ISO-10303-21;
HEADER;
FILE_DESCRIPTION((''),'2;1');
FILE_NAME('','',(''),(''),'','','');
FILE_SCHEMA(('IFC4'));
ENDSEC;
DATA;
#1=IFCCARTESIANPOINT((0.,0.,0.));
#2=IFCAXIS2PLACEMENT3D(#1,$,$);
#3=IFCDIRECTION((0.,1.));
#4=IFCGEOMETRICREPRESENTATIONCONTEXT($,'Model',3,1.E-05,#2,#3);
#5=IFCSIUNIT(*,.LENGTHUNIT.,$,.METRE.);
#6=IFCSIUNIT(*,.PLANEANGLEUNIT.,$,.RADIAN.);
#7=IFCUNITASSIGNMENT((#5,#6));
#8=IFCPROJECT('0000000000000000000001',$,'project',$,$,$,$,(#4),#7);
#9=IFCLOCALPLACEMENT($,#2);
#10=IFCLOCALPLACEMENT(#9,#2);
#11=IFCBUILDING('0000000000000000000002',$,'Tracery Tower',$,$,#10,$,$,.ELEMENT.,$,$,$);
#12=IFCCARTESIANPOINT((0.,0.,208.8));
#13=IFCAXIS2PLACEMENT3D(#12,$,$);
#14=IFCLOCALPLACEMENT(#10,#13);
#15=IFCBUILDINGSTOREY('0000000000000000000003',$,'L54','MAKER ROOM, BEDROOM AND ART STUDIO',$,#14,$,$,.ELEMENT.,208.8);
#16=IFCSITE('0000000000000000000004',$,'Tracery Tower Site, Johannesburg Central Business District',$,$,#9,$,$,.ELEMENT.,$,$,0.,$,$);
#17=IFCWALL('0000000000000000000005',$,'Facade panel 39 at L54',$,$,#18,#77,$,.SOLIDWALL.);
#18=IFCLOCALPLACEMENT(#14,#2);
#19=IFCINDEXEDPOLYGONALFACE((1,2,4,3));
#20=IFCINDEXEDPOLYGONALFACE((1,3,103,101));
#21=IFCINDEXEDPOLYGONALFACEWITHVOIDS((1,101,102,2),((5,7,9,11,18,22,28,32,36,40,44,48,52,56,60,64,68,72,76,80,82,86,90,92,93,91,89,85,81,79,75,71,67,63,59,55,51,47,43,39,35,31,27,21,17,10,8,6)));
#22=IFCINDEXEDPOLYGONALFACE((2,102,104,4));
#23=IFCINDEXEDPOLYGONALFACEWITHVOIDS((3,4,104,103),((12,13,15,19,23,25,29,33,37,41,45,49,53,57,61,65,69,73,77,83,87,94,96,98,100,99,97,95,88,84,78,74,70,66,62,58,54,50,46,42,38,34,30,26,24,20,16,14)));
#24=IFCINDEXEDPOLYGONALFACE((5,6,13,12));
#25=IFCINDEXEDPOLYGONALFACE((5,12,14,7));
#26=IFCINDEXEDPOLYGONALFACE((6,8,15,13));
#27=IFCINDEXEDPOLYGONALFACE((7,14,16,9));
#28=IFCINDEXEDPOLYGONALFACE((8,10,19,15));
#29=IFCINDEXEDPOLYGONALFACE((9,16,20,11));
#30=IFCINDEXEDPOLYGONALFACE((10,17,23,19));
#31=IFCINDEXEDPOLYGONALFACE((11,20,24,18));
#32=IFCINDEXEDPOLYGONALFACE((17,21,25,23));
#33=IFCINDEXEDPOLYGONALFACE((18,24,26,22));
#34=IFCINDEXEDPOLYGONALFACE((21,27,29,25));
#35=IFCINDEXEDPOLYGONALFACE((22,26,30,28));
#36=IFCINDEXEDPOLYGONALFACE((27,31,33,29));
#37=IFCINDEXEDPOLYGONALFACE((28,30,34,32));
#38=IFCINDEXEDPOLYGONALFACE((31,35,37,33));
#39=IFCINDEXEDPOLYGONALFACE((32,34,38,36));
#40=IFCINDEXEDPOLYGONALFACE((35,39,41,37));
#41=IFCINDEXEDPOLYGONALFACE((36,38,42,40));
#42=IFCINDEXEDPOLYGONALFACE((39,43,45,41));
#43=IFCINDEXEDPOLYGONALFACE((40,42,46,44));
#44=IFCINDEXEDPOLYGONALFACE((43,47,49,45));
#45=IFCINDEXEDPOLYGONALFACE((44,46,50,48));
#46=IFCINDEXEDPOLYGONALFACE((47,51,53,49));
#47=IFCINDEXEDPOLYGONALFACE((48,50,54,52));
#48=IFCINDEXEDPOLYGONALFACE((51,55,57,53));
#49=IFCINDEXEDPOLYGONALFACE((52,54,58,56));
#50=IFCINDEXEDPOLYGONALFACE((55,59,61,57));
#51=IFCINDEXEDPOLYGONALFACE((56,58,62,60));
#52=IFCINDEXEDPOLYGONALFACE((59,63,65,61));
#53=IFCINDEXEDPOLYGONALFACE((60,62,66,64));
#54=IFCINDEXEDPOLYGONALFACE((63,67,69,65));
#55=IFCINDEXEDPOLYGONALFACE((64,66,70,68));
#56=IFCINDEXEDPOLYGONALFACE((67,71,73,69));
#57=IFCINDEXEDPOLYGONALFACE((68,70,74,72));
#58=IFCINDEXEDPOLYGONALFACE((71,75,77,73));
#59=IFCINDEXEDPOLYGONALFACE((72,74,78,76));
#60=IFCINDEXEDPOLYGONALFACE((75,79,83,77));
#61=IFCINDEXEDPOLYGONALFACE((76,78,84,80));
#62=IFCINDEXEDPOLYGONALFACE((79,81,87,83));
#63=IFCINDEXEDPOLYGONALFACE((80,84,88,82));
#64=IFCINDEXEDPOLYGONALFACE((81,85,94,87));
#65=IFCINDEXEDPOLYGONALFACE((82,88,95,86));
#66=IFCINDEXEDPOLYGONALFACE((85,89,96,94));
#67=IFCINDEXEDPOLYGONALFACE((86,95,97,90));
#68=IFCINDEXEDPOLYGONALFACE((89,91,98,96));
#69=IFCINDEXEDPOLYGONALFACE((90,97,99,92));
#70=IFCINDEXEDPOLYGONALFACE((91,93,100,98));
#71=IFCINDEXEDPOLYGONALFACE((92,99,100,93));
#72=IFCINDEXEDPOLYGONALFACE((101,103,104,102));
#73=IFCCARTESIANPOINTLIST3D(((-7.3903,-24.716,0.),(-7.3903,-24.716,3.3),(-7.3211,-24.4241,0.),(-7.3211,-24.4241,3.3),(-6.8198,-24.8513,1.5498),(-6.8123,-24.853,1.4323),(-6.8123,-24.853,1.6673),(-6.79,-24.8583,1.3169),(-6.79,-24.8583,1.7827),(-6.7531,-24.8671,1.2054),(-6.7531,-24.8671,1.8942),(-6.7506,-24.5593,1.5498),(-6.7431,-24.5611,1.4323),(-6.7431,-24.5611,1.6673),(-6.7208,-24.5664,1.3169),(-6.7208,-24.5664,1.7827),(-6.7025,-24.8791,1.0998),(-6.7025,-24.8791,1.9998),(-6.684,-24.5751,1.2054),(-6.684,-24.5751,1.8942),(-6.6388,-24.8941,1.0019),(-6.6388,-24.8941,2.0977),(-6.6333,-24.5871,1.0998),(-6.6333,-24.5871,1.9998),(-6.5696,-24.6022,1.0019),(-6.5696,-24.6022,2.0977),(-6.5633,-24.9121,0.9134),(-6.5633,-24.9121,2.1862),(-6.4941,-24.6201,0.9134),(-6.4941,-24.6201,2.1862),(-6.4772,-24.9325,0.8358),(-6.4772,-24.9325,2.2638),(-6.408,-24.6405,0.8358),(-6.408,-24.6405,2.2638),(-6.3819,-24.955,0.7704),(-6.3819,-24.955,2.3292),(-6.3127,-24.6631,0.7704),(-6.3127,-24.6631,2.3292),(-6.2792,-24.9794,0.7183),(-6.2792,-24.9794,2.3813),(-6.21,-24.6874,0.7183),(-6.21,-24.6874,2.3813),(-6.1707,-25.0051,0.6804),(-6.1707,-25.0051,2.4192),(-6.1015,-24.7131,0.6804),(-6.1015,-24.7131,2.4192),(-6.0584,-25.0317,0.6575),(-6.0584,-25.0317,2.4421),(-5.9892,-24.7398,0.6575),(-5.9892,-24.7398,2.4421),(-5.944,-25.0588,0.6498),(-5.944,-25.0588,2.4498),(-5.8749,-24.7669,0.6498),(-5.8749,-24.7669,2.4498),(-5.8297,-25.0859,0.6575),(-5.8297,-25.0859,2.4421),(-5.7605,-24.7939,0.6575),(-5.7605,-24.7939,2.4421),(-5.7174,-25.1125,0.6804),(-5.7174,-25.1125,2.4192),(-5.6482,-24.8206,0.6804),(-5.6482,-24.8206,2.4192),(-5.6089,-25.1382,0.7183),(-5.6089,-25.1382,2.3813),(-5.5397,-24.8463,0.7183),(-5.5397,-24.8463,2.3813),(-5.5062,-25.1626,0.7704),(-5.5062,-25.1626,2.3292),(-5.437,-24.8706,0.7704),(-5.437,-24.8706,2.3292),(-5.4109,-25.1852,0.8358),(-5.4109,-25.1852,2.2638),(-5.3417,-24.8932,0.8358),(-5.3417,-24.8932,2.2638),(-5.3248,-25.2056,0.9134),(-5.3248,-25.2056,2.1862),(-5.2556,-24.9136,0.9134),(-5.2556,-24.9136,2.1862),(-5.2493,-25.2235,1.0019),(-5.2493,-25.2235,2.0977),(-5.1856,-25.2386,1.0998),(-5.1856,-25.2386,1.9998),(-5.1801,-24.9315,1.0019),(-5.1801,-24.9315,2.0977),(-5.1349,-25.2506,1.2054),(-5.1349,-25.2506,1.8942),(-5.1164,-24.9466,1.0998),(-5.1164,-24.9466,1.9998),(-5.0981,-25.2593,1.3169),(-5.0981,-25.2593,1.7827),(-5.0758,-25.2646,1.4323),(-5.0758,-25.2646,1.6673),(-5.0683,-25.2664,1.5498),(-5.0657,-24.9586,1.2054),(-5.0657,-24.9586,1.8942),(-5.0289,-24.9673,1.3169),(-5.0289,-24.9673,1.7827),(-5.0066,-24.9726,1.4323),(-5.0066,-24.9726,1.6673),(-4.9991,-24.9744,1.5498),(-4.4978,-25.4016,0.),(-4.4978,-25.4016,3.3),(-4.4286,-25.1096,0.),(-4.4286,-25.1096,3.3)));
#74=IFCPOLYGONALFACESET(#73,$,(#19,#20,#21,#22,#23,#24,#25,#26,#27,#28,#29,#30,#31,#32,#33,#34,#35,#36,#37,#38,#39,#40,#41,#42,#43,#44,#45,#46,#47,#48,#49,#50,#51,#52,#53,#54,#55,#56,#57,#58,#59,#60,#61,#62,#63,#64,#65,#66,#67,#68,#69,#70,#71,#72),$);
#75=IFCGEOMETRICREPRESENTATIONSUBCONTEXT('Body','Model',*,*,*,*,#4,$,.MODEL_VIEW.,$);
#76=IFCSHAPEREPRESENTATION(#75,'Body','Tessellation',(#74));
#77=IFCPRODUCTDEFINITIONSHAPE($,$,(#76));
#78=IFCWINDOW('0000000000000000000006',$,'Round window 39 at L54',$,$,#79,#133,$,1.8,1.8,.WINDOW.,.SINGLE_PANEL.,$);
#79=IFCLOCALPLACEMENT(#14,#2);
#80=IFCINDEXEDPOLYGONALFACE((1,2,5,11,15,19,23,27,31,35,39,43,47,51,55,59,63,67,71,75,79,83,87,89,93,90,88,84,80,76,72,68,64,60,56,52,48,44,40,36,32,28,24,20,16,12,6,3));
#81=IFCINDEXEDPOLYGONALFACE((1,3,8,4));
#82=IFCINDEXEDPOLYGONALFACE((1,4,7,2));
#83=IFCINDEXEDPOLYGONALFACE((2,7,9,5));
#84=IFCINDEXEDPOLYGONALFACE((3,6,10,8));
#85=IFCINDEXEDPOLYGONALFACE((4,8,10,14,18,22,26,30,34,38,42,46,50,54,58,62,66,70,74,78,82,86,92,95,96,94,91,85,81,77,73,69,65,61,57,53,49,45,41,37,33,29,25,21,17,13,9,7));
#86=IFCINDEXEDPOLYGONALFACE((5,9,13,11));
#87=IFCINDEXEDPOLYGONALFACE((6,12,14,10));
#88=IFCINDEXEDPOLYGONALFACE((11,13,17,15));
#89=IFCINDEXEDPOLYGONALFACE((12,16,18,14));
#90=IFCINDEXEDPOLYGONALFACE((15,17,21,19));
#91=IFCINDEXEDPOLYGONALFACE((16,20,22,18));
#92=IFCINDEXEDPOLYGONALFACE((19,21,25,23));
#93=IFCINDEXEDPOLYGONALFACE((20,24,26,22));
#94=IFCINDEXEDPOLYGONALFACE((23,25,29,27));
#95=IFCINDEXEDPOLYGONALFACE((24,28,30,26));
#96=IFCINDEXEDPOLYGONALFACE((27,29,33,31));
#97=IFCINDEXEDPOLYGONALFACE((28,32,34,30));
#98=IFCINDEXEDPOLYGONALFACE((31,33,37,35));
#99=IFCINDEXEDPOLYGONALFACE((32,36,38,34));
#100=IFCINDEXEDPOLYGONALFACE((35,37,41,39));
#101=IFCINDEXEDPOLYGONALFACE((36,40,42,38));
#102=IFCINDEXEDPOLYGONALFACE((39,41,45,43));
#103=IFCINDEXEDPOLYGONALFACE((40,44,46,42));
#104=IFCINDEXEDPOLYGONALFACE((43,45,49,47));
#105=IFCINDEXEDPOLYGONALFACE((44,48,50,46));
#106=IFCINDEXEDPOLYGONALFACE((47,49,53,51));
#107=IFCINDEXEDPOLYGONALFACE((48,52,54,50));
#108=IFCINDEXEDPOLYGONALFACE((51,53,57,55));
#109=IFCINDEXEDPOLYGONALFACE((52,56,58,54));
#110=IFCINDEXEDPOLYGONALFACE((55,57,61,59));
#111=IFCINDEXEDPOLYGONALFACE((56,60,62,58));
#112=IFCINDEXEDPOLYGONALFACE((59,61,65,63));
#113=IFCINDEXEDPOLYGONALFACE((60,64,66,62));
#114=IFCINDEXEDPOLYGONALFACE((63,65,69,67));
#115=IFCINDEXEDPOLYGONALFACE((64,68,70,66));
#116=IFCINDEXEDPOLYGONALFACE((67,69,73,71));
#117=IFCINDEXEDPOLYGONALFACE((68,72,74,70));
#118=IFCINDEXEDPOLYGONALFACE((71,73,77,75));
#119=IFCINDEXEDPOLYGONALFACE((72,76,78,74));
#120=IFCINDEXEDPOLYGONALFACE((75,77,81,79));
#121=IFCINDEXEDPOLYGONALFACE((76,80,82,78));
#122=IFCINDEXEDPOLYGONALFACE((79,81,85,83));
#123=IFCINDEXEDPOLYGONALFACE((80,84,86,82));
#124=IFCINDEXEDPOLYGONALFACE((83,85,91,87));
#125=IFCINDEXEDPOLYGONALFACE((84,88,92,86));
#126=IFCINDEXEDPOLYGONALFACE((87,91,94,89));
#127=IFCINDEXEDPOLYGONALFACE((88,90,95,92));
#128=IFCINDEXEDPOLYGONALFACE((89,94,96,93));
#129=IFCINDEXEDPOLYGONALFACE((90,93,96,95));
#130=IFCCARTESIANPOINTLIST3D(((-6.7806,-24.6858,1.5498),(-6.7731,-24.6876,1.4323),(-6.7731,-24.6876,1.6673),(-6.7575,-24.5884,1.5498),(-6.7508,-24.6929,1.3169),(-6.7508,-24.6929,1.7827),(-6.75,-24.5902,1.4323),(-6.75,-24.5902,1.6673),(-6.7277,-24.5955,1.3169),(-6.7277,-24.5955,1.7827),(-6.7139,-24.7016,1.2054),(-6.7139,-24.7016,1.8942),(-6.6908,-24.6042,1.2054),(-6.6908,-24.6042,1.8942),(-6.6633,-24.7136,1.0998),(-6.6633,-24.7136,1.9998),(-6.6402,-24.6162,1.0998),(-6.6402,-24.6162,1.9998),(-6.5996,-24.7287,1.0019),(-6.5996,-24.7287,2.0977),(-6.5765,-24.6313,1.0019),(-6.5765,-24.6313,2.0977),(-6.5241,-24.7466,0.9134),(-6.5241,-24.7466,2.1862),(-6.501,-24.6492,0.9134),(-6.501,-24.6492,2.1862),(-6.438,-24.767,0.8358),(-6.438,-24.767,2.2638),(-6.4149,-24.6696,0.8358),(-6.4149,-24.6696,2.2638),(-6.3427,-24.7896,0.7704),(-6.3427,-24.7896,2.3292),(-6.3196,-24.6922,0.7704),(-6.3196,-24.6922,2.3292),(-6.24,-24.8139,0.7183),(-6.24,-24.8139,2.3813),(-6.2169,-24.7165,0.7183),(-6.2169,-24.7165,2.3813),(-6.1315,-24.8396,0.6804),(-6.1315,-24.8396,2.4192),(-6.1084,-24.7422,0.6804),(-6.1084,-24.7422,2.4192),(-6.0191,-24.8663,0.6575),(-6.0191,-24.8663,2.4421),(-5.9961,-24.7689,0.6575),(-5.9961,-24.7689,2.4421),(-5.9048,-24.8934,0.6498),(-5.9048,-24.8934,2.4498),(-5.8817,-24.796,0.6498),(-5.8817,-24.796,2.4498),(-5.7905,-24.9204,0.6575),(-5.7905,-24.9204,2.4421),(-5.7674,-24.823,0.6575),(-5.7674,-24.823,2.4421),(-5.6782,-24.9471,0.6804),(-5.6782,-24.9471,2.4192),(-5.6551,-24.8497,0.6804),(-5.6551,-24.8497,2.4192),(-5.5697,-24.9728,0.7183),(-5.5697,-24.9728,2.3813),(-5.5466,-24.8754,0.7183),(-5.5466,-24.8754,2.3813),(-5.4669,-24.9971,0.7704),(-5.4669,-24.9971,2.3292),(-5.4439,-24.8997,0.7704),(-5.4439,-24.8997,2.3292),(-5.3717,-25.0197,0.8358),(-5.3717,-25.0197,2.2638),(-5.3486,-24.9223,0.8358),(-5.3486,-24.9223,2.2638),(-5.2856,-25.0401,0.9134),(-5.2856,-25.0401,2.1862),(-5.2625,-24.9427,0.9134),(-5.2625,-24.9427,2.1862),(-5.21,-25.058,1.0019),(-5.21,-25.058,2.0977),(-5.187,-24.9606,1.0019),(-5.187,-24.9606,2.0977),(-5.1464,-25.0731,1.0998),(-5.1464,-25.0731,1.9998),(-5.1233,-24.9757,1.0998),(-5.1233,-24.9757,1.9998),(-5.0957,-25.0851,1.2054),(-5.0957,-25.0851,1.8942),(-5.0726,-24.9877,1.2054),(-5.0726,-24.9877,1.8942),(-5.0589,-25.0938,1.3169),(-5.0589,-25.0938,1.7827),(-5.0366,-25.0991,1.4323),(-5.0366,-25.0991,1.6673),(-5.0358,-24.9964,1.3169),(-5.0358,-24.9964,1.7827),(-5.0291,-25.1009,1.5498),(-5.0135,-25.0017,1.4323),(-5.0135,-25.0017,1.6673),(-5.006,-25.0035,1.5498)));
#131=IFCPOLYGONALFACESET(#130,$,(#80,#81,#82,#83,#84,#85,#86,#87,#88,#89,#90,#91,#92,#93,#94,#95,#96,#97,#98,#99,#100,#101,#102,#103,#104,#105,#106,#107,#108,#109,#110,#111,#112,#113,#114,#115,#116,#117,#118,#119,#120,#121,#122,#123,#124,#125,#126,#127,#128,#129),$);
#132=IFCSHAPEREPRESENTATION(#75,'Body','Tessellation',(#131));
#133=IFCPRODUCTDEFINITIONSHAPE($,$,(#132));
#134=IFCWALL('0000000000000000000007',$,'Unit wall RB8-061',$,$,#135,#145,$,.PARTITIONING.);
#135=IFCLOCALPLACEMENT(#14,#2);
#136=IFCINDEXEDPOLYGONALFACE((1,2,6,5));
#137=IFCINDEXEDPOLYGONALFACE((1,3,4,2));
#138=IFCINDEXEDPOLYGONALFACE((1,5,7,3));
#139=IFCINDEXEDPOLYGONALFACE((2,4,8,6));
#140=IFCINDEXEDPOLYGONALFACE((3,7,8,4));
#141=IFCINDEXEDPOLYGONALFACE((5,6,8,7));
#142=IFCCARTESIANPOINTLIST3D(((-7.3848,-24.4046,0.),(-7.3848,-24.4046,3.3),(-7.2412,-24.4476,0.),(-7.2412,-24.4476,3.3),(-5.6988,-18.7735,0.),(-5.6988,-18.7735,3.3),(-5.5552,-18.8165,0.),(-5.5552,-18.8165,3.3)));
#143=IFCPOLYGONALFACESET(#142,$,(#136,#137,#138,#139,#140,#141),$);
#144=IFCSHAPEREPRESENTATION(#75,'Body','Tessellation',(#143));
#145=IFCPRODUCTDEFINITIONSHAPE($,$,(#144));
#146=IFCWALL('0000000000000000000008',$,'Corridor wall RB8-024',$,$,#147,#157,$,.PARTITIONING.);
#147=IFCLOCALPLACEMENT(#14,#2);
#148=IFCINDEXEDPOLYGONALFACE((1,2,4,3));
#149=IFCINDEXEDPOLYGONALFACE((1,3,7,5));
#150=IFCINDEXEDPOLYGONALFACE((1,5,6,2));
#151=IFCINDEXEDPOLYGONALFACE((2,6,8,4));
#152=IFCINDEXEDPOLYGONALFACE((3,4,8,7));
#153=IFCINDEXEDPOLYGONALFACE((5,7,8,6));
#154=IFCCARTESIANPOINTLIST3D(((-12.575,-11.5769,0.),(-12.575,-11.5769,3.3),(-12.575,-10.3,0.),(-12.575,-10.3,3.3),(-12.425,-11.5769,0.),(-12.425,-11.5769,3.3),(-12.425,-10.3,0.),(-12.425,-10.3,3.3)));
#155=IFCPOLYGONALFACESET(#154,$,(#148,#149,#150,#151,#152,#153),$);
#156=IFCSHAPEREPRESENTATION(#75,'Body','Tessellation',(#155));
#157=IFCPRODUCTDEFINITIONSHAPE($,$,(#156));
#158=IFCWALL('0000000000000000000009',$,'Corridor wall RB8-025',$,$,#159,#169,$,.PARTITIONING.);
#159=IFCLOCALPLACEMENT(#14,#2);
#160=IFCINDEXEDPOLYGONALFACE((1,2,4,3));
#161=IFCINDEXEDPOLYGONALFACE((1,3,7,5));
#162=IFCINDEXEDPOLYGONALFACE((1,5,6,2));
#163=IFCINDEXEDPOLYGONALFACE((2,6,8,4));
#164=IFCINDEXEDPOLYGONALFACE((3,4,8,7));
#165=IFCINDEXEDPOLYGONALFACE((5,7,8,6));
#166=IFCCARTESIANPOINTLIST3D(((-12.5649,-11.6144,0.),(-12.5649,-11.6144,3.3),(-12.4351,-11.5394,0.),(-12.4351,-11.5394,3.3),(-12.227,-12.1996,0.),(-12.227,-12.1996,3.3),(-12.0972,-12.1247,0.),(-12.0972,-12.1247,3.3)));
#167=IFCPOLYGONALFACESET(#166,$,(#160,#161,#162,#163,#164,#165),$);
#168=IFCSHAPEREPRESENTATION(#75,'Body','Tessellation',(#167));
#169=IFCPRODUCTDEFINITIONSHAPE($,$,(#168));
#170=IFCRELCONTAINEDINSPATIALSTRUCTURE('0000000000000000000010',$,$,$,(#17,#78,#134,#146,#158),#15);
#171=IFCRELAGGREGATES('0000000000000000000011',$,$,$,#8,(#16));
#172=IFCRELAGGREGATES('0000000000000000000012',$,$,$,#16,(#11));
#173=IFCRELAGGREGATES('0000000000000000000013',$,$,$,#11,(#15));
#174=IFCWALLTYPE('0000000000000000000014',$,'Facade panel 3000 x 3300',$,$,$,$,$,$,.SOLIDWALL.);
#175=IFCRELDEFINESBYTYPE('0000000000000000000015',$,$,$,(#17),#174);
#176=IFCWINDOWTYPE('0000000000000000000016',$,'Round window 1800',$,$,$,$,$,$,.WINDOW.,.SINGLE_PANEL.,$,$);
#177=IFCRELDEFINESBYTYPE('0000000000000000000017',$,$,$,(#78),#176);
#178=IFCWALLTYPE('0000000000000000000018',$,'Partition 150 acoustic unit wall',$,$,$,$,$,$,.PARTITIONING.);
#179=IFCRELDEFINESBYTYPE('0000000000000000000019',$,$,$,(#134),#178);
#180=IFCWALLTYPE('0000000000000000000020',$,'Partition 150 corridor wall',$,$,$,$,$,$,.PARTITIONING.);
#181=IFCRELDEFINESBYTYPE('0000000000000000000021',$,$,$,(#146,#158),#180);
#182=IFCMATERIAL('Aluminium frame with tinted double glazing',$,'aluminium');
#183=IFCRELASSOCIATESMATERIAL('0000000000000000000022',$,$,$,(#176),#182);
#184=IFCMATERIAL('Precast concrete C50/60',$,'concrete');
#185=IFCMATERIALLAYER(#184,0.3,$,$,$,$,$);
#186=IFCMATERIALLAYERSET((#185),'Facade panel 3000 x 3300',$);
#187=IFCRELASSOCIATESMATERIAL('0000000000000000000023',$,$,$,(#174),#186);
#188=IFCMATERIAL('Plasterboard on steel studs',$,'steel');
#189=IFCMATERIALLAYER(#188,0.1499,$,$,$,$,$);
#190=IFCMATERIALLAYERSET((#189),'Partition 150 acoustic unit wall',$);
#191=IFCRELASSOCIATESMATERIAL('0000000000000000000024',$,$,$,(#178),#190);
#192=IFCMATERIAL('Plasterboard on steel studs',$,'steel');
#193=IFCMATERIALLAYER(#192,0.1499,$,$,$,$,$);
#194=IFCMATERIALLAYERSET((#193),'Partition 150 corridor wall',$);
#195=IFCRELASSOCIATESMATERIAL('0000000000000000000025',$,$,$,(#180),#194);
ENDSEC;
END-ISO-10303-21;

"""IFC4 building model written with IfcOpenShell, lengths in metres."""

from ifc_helpers import new_model, si_unit, direction, frame, frame_2d, origin, origin_2d, place, context, subcontext, project, spatial, rectangle, circle, extrude, material, layer, layer_set, type_object, element, fill, save


model = new_model("IFC4")

# Units and contexts
model_context = context("Model", 3, precision=1e-05, world=origin(), true_north=direction((0.0, 1.0)))
body_context = subcontext(model_context, "Body", "Model", "MODEL_VIEW")
ifc_project = project(units=[si_unit("LENGTHUNIT", "METRE"), si_unit("PLANEANGLEUNIT", "RADIAN")], contexts=[model_context])

# Site, building, storey
site_placement = place(None, origin())
site = spatial("IfcSite", under=ifc_project, at=site_placement, Name="Tracery Tower Site, Johannesburg Central Business District", CompositionType="ELEMENT", RefElevation=0.0)
building_placement = place(site_placement, origin())
building = spatial("IfcBuilding", under=site, at=building_placement, Name="Tracery Tower", CompositionType="ELEMENT")
storey_placement = place(building_placement, frame((0.0, 0.0, 208.8)))
storey = spatial("IfcBuildingStorey", under=building, at=storey_placement, Name="L54", Description="MAKER ROOM, BEDROOM AND ART STUDIO", CompositionType="ELEMENT", Elevation=208.8)

# Wall, opening, window
ifc_material_1 = material(Name="Aluminium frame with tinted double glazing", Category="aluminium")
window_type = type_object("IfcWindowType", Name="Round window 1800", PartitioningType="SINGLE_PANEL", PredefinedType="WINDOW", material=ifc_material_1)
ifc_material_2 = material(Name="Precast concrete C50/60", Category="concrete")
ifc_layer_1 = layer(ifc_material_2, 0.3)
ifc_layer_set_1 = layer_set([ifc_layer_1], Name="Facade panel 3000 x 3300")
wall_type_1 = type_object("IfcWallType", Name="Facade panel 3000 x 3300", PredefinedType="SOLIDWALL", material=ifc_layer_set_1)
wall_1_placement = place(storey_placement, frame((-7.3557, -24.5701, 0.0), z_axis=(0.0, 0.0, 1.0), x_axis=(0.973045, -0.230614, 0.0)))
wall_1 = element("IfcWall", 1, at=wall_1_placement, inside=storey, type_object=wall_type_1, Name="Facade panel 39 at L54", PredefinedType="SOLIDWALL", context=body_context, shape_type="SweptSolid", body=[
    extrude(rectangle(XDim=2.9727, YDim=0.3, at=frame_2d((1.4863, 0.0))), origin(), (0.0, 0.0, 1.0), 3.3),
])
opening_1_placement = place(wall_1_placement, frame((1.4863, 0.0, 1.5498)))
opening_1 = element("IfcOpeningElement", 2, at=opening_1_placement, cuts=wall_1, PredefinedType="OPENING", context=body_context, shape_type="SweptSolid", body=[
    extrude(circle(Radius=0.9, at=origin_2d()), frame((0.0, 0.1599, 0.0), z_axis=(0.0, -1.0, 0.0), x_axis=(1.0, 0.0, 0.0)), (0.0, 0.0, 1.0), 0.3201),
])
window_1_placement = place(opening_1_placement, origin())
window_1 = element("IfcWindow", 3, at=window_1_placement, inside=storey, type_object=window_type, Name="Round window 39 at L54", OverallHeight=1.8, OverallWidth=1.8, PartitioningType="SINGLE_PANEL", PredefinedType="WINDOW", context=body_context, shape_type="SweptSolid", body=[
    extrude(circle(Radius=0.9, at=origin_2d()), frame((0.0, 0.1201, 0.0), z_axis=(0.0, -1.0, 0.0), x_axis=(1.0, 0.0, 0.0)), (0.0, 0.0, 1.0), 0.1001),
])
fill(opening_1, window_1)

# Walls
ifc_material_3 = material(Name="Plasterboard on steel studs", Category="steel")
ifc_layer_2 = layer(ifc_material_3, 0.1499)
ifc_layer_set_2 = layer_set([ifc_layer_2], Name="Partition 150 acoustic unit wall")
wall_type_2 = type_object("IfcWallType", Name="Partition 150 acoustic unit wall", PredefinedType="PARTITIONING", material=ifc_layer_set_2)
wall_2_placement = place(storey_placement, frame((-7.313, -24.426, 0.0), z_axis=(0.0, 0.0, 1.0), x_axis=(0.286833, 0.95798, 0.0)))
element("IfcWall", 4, at=wall_2_placement, inside=storey, type_object=wall_type_2, Name="Unit wall RB8-061", PredefinedType="PARTITIONING", context=body_context, shape_type="SweptSolid", body=[
    extrude(rectangle(XDim=5.8782, YDim=0.1499, at=frame_2d((2.939, 0.0))), origin(), (0.0, 0.0, 1.0), 3.3),
])
ifc_material_4 = material(Name="Plasterboard on steel studs", Category="steel")
ifc_layer_3 = layer(ifc_material_4, 0.1499)
ifc_layer_set_3 = layer_set([ifc_layer_3], Name="Partition 150 corridor wall")
wall_type_3 = type_object("IfcWallType", Name="Partition 150 corridor wall", PredefinedType="PARTITIONING", material=ifc_layer_set_3)
wall_3_placement = place(storey_placement, frame((-12.5, -11.5769, 0.0), z_axis=(0.0, 0.0, 1.0), x_axis=(0.0, 1.0, 0.0)))
element("IfcWall", 5, at=wall_3_placement, inside=storey, type_object=wall_type_3, Name="Corridor wall RB8-024", PredefinedType="PARTITIONING", context=body_context, shape_type="SweptSolid", body=[
    extrude(rectangle(XDim=1.2769, YDim=0.1499, at=frame_2d((0.6384, 0.0))), origin(), (0.0, 0.0, 1.0), 3.3),
])
wall_4_placement = place(storey_placement, frame((-12.5, -11.5769, 0.0), z_axis=(0.0, 0.0, 1.0), x_axis=(0.500025, -0.866011, 0.0)))
element("IfcWall", 6, at=wall_4_placement, inside=storey, type_object=wall_type_3, Name="Corridor wall RB8-025", PredefinedType="PARTITIONING", context=body_context, shape_type="SweptSolid", body=[
    extrude(rectangle(XDim=0.6758, YDim=0.1499, at=frame_2d((0.3379, 0.0))), origin(), (0.0, 0.0, 1.0), 3.3),
])

save(model, "model.ifc")
